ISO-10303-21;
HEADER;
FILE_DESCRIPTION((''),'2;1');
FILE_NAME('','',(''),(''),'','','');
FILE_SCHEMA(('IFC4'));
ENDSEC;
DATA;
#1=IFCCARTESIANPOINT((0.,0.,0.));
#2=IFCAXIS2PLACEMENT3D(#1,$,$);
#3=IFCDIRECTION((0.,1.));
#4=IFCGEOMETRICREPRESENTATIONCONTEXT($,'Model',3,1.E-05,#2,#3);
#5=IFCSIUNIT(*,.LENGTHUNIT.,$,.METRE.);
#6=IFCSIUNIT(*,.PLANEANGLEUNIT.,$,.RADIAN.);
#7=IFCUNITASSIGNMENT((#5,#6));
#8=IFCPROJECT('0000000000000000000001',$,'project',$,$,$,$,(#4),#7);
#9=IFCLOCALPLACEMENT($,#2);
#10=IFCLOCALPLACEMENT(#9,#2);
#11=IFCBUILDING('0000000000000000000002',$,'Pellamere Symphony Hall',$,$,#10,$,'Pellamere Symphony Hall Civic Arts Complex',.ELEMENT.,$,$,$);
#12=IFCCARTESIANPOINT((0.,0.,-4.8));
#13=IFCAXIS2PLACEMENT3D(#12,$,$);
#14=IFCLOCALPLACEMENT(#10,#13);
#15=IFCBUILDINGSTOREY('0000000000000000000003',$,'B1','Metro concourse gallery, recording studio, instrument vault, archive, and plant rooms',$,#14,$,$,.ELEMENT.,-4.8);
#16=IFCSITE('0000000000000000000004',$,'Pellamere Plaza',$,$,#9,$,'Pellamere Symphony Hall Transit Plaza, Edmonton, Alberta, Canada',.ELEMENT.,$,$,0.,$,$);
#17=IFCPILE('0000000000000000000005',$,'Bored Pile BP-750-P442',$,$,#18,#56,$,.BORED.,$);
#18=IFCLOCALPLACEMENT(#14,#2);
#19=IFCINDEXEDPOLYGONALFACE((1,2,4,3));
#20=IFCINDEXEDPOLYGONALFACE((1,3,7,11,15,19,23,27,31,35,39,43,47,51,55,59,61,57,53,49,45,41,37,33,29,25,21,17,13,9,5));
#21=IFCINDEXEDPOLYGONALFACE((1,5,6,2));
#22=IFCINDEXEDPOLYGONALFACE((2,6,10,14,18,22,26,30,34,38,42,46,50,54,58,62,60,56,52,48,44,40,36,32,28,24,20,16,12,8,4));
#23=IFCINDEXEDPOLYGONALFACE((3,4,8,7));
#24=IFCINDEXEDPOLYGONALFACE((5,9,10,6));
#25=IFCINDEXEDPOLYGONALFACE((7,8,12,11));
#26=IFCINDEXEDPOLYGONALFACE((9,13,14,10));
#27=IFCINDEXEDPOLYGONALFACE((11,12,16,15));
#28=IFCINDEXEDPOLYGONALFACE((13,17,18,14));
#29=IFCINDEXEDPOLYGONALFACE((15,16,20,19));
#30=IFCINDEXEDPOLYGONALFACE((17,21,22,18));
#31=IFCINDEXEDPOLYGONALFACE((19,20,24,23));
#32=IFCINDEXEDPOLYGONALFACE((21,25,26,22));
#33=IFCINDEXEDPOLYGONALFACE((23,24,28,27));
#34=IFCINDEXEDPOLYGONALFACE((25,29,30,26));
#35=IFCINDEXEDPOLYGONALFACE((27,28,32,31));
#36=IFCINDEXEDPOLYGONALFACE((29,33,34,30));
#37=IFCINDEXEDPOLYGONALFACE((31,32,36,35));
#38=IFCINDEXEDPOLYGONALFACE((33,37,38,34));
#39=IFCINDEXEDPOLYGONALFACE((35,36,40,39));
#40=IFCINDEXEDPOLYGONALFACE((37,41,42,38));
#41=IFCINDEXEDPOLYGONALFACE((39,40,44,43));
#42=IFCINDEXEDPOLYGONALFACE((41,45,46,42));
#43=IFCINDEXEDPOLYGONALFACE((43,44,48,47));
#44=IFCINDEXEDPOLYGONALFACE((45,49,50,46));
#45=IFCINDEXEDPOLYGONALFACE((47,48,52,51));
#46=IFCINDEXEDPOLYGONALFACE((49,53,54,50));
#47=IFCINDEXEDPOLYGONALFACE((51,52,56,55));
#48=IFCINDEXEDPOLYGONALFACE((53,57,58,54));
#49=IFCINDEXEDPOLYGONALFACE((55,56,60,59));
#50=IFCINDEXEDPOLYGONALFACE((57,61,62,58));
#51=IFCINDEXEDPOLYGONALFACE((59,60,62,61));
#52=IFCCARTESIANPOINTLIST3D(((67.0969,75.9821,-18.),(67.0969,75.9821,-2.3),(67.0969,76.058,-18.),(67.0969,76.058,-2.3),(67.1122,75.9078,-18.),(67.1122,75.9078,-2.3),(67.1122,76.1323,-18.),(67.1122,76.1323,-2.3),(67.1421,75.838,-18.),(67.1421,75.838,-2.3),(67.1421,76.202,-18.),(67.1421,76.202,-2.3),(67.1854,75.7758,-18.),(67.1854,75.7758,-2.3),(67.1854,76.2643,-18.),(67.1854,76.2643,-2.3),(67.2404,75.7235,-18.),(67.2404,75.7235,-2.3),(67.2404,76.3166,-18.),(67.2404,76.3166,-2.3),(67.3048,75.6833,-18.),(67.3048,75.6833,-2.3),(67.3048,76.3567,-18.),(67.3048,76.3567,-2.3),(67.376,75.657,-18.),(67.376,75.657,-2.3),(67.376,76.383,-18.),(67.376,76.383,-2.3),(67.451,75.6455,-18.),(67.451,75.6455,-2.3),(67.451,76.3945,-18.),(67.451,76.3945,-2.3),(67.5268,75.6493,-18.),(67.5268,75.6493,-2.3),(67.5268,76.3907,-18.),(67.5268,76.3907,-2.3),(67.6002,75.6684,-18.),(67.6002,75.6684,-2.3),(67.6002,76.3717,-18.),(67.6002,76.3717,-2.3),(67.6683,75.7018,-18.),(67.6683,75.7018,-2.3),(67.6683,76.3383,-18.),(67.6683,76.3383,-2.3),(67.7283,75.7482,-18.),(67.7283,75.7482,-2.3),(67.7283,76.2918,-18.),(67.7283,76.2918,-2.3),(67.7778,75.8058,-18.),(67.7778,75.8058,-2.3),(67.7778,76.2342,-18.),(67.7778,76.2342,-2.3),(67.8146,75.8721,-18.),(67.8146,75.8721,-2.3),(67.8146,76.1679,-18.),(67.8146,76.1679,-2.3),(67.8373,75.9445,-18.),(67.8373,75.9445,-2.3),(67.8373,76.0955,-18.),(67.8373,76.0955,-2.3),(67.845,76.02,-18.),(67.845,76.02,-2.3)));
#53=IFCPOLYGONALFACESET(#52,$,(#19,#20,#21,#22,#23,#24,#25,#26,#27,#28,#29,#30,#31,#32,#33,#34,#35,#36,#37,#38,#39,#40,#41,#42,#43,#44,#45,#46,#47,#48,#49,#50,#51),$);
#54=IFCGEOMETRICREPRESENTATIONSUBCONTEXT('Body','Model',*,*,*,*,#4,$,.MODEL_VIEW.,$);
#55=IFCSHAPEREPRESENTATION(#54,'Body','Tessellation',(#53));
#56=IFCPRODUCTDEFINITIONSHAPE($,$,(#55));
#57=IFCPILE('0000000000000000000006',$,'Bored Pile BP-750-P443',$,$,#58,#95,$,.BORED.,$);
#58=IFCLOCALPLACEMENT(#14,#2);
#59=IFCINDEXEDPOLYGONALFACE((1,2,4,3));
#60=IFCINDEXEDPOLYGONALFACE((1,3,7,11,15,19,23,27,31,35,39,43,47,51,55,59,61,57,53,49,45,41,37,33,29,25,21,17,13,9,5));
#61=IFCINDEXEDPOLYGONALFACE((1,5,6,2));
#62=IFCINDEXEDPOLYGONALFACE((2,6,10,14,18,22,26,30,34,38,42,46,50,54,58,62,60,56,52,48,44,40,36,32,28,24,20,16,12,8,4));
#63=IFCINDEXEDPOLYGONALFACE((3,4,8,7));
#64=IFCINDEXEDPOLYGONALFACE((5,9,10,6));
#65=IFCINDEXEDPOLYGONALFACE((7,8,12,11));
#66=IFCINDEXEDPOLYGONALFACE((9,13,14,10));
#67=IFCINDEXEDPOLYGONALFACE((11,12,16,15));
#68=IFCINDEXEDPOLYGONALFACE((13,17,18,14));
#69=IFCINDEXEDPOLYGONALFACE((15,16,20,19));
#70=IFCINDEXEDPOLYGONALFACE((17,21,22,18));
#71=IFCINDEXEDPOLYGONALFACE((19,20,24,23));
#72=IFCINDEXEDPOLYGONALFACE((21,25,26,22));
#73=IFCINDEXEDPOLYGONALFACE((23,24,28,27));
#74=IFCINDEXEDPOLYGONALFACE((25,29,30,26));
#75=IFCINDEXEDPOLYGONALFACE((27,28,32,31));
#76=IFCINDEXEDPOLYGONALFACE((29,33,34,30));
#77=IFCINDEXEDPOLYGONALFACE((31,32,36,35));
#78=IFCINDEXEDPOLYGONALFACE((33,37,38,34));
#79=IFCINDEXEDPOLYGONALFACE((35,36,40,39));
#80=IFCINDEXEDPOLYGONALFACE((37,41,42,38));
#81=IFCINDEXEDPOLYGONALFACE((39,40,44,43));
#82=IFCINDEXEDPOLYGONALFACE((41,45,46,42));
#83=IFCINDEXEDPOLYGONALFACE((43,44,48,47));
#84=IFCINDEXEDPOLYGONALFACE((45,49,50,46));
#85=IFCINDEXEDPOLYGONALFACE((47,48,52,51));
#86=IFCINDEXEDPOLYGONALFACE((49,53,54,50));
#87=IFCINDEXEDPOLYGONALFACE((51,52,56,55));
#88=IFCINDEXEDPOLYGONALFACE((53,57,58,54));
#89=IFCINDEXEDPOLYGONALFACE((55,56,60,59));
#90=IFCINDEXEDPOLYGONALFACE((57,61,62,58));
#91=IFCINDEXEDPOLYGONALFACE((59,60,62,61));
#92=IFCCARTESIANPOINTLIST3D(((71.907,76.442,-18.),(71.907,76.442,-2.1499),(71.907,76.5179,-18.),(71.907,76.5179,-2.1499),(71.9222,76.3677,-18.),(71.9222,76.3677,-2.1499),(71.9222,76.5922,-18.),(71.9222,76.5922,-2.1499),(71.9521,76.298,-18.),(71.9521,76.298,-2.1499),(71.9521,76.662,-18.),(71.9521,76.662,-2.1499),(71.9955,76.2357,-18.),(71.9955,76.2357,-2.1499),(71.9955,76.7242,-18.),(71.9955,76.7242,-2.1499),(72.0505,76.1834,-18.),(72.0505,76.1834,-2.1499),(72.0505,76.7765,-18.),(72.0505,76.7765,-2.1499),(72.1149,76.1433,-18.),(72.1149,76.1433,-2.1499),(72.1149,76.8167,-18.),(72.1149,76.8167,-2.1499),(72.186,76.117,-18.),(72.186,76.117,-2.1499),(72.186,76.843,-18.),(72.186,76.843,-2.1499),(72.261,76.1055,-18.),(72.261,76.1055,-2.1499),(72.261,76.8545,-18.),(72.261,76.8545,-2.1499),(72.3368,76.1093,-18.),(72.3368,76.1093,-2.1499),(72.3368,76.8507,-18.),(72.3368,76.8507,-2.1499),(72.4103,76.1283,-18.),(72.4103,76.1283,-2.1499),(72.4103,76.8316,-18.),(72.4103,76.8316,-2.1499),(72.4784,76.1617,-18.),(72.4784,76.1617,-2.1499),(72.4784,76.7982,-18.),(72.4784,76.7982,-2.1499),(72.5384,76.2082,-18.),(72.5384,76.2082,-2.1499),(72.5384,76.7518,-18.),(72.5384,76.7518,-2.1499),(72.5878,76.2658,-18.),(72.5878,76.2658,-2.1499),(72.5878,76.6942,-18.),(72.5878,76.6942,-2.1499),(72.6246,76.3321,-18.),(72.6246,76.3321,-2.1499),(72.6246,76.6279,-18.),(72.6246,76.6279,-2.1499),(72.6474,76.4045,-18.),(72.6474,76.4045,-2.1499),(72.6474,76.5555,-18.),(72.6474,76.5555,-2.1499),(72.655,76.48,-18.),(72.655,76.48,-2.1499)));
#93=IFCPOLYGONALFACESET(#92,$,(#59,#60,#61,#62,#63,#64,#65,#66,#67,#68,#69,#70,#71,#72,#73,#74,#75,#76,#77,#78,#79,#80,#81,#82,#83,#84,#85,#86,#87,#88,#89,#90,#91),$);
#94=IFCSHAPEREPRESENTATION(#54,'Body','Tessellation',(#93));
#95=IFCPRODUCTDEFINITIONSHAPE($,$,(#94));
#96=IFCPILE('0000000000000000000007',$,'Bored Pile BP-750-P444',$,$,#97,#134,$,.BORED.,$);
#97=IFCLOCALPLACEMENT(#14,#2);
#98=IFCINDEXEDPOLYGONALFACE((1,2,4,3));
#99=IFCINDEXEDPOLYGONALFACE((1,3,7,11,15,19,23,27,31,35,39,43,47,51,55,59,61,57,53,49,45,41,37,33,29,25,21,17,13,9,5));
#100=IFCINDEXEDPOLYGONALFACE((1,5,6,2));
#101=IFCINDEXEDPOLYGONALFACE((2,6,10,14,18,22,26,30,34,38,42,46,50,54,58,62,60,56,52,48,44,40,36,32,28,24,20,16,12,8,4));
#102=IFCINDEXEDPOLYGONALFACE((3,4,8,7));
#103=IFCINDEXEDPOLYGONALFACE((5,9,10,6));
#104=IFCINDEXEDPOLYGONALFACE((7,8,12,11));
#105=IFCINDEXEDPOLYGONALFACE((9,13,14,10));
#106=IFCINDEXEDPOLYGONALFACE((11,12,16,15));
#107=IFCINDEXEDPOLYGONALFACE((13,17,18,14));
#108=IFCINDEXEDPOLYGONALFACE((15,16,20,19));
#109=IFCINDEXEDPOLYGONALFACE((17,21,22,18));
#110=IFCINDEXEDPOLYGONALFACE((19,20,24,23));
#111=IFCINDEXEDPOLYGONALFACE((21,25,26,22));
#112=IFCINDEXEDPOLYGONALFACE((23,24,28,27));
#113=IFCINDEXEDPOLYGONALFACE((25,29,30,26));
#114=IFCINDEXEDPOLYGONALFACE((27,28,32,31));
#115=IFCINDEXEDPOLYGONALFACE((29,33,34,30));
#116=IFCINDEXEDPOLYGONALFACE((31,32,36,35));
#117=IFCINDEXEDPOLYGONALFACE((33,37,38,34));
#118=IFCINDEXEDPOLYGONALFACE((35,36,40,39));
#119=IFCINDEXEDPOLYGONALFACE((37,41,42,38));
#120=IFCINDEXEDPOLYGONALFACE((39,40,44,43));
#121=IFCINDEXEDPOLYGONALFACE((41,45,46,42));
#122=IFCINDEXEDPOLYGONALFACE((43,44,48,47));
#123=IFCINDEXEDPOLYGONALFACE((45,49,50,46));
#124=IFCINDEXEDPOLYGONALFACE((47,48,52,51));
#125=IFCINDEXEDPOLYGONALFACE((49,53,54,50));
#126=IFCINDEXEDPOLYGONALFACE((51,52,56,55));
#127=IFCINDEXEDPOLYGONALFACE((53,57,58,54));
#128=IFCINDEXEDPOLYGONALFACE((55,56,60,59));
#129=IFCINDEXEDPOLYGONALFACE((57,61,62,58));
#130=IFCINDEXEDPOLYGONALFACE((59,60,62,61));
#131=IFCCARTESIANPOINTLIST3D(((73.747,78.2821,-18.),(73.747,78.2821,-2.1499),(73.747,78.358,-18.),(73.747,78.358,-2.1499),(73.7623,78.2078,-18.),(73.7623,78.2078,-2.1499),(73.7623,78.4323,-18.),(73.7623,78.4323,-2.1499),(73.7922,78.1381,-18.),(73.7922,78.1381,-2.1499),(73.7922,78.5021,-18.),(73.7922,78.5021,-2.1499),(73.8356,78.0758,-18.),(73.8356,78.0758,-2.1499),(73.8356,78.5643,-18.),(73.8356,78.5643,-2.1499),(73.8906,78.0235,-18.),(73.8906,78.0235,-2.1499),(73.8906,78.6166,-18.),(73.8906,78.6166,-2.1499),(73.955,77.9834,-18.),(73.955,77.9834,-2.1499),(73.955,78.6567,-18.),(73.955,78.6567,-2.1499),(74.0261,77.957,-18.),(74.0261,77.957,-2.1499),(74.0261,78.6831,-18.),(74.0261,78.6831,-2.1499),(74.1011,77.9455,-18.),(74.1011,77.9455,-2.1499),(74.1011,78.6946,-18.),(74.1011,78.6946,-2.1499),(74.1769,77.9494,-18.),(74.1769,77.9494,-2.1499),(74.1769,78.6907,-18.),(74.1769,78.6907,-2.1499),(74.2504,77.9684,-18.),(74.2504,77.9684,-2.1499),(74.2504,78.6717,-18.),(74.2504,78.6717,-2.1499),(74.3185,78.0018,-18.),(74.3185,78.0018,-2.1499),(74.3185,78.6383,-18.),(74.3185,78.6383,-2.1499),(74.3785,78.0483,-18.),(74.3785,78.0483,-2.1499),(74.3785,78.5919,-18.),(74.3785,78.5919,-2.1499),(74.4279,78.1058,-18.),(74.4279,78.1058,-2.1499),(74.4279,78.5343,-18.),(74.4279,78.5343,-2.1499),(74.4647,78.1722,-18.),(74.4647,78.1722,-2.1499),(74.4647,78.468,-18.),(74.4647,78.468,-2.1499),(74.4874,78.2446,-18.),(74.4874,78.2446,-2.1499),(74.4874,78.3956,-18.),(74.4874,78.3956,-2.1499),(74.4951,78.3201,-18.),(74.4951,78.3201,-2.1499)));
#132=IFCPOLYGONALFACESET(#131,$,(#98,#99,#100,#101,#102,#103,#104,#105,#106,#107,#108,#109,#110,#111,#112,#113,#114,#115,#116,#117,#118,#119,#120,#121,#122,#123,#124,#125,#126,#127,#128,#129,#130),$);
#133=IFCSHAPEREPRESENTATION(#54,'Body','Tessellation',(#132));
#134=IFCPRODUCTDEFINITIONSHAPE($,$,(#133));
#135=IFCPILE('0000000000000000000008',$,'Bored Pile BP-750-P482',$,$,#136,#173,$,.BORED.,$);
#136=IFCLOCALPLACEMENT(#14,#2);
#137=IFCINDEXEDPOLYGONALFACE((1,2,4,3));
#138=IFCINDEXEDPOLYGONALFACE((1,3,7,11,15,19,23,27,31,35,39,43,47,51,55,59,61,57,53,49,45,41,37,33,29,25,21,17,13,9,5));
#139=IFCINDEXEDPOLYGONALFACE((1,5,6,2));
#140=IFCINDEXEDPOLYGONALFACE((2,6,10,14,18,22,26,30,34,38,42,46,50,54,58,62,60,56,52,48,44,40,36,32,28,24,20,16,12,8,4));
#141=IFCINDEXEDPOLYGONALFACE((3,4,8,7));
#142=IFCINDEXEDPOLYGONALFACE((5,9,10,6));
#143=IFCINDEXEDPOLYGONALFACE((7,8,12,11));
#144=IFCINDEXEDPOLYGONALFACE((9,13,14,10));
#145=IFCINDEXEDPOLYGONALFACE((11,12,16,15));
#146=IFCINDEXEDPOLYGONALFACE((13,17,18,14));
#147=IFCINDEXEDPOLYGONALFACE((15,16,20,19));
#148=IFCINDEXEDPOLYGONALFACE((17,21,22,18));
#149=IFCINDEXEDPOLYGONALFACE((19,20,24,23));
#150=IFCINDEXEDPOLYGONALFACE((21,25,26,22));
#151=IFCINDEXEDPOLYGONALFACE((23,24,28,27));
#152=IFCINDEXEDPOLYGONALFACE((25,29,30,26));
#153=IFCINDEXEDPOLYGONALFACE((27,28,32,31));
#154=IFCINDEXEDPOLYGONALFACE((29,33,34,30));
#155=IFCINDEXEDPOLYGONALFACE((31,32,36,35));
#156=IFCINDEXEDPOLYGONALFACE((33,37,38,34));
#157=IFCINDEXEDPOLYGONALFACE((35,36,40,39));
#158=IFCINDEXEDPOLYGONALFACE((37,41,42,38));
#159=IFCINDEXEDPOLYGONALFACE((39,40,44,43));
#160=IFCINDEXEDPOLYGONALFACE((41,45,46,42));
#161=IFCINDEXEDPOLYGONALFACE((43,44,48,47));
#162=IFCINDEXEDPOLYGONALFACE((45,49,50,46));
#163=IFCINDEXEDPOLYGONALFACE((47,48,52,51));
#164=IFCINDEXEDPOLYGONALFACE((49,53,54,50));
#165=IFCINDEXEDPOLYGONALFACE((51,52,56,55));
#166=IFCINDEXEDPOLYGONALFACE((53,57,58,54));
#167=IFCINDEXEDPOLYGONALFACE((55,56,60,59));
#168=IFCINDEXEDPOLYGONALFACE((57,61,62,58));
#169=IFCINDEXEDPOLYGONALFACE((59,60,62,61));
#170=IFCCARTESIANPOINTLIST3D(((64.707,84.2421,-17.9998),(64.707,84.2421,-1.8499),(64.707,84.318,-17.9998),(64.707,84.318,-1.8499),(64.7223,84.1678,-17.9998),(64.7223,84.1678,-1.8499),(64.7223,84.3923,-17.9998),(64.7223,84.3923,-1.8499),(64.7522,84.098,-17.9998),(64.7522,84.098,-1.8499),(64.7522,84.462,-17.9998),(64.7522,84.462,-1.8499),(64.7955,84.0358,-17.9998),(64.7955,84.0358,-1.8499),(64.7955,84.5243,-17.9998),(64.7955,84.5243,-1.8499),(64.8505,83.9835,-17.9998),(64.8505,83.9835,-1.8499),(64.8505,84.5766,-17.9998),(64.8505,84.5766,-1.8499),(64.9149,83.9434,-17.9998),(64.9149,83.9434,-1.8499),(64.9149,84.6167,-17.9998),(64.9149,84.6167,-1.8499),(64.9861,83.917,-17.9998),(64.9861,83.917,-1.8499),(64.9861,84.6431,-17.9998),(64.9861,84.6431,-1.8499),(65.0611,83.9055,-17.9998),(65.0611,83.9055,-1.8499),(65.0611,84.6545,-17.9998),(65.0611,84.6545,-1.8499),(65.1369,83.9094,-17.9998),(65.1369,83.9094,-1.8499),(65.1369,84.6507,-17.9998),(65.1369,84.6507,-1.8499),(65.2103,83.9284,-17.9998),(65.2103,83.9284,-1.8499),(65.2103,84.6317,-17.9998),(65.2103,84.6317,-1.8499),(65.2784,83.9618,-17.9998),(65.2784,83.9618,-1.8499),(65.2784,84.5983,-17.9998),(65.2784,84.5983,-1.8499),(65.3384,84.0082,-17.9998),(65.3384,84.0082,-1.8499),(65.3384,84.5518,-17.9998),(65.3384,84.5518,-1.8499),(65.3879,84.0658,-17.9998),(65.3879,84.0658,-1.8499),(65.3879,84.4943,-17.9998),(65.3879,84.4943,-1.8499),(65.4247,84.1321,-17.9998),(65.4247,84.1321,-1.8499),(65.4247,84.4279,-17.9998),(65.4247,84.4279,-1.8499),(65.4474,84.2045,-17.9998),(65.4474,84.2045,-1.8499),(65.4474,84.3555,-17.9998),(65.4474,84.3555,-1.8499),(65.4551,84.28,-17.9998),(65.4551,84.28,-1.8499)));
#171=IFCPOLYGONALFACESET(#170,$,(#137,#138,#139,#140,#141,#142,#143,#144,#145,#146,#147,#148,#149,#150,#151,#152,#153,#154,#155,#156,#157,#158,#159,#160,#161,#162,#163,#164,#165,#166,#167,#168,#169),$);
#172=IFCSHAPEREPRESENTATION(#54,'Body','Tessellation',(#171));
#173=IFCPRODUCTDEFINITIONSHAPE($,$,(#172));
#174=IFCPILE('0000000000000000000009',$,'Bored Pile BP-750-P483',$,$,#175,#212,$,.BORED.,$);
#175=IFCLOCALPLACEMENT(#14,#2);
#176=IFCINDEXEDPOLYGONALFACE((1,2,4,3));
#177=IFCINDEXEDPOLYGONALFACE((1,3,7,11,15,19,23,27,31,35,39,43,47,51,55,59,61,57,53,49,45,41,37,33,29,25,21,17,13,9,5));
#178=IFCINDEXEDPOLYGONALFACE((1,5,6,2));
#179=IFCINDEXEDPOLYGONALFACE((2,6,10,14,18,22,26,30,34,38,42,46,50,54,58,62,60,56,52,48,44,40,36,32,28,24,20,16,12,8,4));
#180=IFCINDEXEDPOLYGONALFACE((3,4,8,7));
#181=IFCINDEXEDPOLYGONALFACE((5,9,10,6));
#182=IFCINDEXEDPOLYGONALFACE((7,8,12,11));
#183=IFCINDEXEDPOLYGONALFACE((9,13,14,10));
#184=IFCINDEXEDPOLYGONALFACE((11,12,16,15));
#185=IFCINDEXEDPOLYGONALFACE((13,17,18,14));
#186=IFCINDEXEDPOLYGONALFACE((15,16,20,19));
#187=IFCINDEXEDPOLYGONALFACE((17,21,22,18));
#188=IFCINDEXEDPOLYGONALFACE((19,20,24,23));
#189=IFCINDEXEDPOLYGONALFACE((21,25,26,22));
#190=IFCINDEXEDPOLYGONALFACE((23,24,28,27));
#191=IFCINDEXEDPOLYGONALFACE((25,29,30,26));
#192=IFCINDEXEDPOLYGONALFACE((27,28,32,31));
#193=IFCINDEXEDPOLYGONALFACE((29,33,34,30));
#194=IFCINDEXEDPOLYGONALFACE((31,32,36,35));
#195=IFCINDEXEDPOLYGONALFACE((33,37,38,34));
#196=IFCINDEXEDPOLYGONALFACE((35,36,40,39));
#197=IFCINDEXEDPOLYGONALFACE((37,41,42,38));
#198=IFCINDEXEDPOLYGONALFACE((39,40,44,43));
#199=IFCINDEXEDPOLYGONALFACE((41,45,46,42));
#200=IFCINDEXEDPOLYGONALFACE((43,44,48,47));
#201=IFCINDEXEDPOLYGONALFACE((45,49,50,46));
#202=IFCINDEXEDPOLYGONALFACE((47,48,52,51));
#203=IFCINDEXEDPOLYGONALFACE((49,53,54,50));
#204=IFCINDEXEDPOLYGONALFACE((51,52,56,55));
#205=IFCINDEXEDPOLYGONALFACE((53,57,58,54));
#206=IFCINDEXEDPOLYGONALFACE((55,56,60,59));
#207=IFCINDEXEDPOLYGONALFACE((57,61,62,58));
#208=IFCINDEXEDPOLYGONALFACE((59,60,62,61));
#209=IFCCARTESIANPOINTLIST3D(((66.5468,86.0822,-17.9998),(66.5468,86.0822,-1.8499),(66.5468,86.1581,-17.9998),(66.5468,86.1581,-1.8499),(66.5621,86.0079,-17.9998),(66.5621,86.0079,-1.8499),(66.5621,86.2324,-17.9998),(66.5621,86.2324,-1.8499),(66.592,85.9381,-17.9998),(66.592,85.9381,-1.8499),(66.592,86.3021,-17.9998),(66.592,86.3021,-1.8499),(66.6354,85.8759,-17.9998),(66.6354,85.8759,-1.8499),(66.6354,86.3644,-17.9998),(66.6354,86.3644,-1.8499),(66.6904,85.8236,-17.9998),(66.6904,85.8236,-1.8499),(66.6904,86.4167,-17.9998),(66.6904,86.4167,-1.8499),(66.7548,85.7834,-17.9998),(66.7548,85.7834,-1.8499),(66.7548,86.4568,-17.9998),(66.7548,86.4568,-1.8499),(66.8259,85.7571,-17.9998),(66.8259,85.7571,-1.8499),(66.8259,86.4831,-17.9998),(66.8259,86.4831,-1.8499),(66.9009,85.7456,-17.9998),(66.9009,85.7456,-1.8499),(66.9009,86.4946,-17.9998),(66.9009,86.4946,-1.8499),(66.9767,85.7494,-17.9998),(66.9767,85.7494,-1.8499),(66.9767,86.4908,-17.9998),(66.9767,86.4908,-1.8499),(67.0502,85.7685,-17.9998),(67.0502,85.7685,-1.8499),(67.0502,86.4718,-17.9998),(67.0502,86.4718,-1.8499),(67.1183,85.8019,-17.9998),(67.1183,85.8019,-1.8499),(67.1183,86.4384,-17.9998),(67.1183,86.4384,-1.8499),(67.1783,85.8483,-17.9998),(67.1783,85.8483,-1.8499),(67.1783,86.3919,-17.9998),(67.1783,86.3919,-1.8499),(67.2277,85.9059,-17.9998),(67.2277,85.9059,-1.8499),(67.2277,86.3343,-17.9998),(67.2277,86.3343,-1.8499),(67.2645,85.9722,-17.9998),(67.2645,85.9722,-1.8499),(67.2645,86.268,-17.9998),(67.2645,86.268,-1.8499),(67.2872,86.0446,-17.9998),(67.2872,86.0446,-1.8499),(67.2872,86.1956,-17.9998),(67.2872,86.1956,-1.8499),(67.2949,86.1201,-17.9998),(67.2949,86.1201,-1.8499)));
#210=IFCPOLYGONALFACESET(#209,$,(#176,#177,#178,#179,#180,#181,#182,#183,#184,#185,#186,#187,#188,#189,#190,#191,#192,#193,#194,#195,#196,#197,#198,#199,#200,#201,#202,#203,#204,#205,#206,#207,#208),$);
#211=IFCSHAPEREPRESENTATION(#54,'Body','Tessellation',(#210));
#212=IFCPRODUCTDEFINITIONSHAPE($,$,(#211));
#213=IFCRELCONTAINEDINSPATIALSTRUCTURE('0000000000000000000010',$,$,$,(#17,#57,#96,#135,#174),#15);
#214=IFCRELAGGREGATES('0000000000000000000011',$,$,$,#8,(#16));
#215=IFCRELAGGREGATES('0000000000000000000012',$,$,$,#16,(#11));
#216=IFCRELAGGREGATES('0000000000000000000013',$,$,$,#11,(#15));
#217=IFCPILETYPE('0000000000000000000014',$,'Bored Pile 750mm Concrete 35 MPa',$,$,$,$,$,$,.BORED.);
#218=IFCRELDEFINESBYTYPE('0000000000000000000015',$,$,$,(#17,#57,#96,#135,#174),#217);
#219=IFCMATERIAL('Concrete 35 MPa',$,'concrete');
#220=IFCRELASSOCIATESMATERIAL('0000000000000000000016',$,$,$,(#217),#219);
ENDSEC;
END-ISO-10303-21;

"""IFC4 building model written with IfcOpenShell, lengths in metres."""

from ifc_helpers import new_model, si_unit, direction, frame, origin, origin_2d, place, context, subcontext, project, spatial, circle, extrude, material, material_profile, profile_set, type_object, element, save


model = new_model("IFC4")

# Units and contexts
model_context = context("Model", 3, precision=1e-05, world=origin(), true_north=direction((0.0, 1.0)))
body_context = subcontext(model_context, "Body", "Model", "MODEL_VIEW")
ifc_project = project(units=[si_unit("LENGTHUNIT", "METRE"), si_unit("PLANEANGLEUNIT", "RADIAN")], contexts=[model_context])

# Site, building, storey
site_placement = place(None, origin())
site = spatial("IfcSite", under=ifc_project, at=site_placement, Name="Pellamere Plaza", LongName="Pellamere Symphony Hall Transit Plaza, Edmonton, Alberta, Canada", CompositionType="ELEMENT", RefElevation=0.0)
building_placement = place(site_placement, origin())
building = spatial("IfcBuilding", under=site, at=building_placement, Name="Pellamere Symphony Hall", LongName="Pellamere Symphony Hall Civic Arts Complex", CompositionType="ELEMENT")
storey_placement = place(building_placement, frame((0.0, 0.0, -4.8)))
storey = spatial("IfcBuildingStorey", under=building, at=storey_placement, Name="B1", Description="Metro concourse gallery, recording studio, instrument vault, archive, and plant rooms", CompositionType="ELEMENT", Elevation=-4.8)

# Piles
ifc_material_1 = material(Name="Concrete 35 MPa", Category="concrete")
ifc_material_profile_1 = material_profile(ifc_material_1, circle(Radius=0.375, at=origin_2d()), Name="PILE D750")
ifc_profile_set_1 = profile_set([ifc_material_profile_1], Name="Concrete 35 MPa")
pile_type = type_object("IfcPileType", Name="Bored Pile 750mm Concrete 35 MPa", PredefinedType="BORED", material=ifc_profile_set_1)
for number, where, z_axis, x_axis, name in (
    (1, (67.47, 76.02, -2.3), (0.0, 0.0, -1.0), (1.0, 0.0, 0.0), "Bored Pile BP-750-P442"),
):
    element("IfcPile", number, at=place(storey_placement, frame(where, z_axis=z_axis, x_axis=x_axis)), inside=storey, type_object=pile_type, Name=name, PredefinedType="BORED", context=body_context, shape_type="SweptSolid", body=[
        extrude(circle(Radius=0.375, at=origin_2d()), origin(), (0.0, 0.0, 1.0), 15.7),
    ])
for number, where, z_axis, x_axis, name in (
    (2, (72.28, 76.48, -2.1499), (0.0, 0.0, -1.0), (1.0, 0.0, 0.0), "Bored Pile BP-750-P443"),
    (3, (74.1201, 78.3201, -2.1499), (0.0, 0.0, -1.0), (1.0, 0.0, 0.0), "Bored Pile BP-750-P444"),
):
    element("IfcPile", number, at=place(storey_placement, frame(where, z_axis=z_axis, x_axis=x_axis)), inside=storey, type_object=pile_type, Name=name, PredefinedType="BORED", context=body_context, shape_type="SweptSolid", body=[
        extrude(circle(Radius=0.375, at=origin_2d()), origin(), (0.0, 0.0, 1.0), 15.8501),
    ])
for number, where, z_axis, x_axis, name in (
    (4, (65.0801, 84.28, -1.8499), (0.0, 0.0, -1.0), (1.0, 0.0, 0.0), "Bored Pile BP-750-P482"),
    (5, (66.9199, 86.1201, -1.8499), (0.0, 0.0, -1.0), (1.0, 0.0, 0.0), "Bored Pile BP-750-P483"),
):
    element("IfcPile", number, at=place(storey_placement, frame(where, z_axis=z_axis, x_axis=x_axis)), inside=storey, type_object=pile_type, Name=name, PredefinedType="BORED", context=body_context, shape_type="SweptSolid", body=[
        extrude(circle(Radius=0.375, at=origin_2d()), origin(), (0.0, 0.0, 1.0), 16.1499),
    ])

save(model, "model.ifc")
